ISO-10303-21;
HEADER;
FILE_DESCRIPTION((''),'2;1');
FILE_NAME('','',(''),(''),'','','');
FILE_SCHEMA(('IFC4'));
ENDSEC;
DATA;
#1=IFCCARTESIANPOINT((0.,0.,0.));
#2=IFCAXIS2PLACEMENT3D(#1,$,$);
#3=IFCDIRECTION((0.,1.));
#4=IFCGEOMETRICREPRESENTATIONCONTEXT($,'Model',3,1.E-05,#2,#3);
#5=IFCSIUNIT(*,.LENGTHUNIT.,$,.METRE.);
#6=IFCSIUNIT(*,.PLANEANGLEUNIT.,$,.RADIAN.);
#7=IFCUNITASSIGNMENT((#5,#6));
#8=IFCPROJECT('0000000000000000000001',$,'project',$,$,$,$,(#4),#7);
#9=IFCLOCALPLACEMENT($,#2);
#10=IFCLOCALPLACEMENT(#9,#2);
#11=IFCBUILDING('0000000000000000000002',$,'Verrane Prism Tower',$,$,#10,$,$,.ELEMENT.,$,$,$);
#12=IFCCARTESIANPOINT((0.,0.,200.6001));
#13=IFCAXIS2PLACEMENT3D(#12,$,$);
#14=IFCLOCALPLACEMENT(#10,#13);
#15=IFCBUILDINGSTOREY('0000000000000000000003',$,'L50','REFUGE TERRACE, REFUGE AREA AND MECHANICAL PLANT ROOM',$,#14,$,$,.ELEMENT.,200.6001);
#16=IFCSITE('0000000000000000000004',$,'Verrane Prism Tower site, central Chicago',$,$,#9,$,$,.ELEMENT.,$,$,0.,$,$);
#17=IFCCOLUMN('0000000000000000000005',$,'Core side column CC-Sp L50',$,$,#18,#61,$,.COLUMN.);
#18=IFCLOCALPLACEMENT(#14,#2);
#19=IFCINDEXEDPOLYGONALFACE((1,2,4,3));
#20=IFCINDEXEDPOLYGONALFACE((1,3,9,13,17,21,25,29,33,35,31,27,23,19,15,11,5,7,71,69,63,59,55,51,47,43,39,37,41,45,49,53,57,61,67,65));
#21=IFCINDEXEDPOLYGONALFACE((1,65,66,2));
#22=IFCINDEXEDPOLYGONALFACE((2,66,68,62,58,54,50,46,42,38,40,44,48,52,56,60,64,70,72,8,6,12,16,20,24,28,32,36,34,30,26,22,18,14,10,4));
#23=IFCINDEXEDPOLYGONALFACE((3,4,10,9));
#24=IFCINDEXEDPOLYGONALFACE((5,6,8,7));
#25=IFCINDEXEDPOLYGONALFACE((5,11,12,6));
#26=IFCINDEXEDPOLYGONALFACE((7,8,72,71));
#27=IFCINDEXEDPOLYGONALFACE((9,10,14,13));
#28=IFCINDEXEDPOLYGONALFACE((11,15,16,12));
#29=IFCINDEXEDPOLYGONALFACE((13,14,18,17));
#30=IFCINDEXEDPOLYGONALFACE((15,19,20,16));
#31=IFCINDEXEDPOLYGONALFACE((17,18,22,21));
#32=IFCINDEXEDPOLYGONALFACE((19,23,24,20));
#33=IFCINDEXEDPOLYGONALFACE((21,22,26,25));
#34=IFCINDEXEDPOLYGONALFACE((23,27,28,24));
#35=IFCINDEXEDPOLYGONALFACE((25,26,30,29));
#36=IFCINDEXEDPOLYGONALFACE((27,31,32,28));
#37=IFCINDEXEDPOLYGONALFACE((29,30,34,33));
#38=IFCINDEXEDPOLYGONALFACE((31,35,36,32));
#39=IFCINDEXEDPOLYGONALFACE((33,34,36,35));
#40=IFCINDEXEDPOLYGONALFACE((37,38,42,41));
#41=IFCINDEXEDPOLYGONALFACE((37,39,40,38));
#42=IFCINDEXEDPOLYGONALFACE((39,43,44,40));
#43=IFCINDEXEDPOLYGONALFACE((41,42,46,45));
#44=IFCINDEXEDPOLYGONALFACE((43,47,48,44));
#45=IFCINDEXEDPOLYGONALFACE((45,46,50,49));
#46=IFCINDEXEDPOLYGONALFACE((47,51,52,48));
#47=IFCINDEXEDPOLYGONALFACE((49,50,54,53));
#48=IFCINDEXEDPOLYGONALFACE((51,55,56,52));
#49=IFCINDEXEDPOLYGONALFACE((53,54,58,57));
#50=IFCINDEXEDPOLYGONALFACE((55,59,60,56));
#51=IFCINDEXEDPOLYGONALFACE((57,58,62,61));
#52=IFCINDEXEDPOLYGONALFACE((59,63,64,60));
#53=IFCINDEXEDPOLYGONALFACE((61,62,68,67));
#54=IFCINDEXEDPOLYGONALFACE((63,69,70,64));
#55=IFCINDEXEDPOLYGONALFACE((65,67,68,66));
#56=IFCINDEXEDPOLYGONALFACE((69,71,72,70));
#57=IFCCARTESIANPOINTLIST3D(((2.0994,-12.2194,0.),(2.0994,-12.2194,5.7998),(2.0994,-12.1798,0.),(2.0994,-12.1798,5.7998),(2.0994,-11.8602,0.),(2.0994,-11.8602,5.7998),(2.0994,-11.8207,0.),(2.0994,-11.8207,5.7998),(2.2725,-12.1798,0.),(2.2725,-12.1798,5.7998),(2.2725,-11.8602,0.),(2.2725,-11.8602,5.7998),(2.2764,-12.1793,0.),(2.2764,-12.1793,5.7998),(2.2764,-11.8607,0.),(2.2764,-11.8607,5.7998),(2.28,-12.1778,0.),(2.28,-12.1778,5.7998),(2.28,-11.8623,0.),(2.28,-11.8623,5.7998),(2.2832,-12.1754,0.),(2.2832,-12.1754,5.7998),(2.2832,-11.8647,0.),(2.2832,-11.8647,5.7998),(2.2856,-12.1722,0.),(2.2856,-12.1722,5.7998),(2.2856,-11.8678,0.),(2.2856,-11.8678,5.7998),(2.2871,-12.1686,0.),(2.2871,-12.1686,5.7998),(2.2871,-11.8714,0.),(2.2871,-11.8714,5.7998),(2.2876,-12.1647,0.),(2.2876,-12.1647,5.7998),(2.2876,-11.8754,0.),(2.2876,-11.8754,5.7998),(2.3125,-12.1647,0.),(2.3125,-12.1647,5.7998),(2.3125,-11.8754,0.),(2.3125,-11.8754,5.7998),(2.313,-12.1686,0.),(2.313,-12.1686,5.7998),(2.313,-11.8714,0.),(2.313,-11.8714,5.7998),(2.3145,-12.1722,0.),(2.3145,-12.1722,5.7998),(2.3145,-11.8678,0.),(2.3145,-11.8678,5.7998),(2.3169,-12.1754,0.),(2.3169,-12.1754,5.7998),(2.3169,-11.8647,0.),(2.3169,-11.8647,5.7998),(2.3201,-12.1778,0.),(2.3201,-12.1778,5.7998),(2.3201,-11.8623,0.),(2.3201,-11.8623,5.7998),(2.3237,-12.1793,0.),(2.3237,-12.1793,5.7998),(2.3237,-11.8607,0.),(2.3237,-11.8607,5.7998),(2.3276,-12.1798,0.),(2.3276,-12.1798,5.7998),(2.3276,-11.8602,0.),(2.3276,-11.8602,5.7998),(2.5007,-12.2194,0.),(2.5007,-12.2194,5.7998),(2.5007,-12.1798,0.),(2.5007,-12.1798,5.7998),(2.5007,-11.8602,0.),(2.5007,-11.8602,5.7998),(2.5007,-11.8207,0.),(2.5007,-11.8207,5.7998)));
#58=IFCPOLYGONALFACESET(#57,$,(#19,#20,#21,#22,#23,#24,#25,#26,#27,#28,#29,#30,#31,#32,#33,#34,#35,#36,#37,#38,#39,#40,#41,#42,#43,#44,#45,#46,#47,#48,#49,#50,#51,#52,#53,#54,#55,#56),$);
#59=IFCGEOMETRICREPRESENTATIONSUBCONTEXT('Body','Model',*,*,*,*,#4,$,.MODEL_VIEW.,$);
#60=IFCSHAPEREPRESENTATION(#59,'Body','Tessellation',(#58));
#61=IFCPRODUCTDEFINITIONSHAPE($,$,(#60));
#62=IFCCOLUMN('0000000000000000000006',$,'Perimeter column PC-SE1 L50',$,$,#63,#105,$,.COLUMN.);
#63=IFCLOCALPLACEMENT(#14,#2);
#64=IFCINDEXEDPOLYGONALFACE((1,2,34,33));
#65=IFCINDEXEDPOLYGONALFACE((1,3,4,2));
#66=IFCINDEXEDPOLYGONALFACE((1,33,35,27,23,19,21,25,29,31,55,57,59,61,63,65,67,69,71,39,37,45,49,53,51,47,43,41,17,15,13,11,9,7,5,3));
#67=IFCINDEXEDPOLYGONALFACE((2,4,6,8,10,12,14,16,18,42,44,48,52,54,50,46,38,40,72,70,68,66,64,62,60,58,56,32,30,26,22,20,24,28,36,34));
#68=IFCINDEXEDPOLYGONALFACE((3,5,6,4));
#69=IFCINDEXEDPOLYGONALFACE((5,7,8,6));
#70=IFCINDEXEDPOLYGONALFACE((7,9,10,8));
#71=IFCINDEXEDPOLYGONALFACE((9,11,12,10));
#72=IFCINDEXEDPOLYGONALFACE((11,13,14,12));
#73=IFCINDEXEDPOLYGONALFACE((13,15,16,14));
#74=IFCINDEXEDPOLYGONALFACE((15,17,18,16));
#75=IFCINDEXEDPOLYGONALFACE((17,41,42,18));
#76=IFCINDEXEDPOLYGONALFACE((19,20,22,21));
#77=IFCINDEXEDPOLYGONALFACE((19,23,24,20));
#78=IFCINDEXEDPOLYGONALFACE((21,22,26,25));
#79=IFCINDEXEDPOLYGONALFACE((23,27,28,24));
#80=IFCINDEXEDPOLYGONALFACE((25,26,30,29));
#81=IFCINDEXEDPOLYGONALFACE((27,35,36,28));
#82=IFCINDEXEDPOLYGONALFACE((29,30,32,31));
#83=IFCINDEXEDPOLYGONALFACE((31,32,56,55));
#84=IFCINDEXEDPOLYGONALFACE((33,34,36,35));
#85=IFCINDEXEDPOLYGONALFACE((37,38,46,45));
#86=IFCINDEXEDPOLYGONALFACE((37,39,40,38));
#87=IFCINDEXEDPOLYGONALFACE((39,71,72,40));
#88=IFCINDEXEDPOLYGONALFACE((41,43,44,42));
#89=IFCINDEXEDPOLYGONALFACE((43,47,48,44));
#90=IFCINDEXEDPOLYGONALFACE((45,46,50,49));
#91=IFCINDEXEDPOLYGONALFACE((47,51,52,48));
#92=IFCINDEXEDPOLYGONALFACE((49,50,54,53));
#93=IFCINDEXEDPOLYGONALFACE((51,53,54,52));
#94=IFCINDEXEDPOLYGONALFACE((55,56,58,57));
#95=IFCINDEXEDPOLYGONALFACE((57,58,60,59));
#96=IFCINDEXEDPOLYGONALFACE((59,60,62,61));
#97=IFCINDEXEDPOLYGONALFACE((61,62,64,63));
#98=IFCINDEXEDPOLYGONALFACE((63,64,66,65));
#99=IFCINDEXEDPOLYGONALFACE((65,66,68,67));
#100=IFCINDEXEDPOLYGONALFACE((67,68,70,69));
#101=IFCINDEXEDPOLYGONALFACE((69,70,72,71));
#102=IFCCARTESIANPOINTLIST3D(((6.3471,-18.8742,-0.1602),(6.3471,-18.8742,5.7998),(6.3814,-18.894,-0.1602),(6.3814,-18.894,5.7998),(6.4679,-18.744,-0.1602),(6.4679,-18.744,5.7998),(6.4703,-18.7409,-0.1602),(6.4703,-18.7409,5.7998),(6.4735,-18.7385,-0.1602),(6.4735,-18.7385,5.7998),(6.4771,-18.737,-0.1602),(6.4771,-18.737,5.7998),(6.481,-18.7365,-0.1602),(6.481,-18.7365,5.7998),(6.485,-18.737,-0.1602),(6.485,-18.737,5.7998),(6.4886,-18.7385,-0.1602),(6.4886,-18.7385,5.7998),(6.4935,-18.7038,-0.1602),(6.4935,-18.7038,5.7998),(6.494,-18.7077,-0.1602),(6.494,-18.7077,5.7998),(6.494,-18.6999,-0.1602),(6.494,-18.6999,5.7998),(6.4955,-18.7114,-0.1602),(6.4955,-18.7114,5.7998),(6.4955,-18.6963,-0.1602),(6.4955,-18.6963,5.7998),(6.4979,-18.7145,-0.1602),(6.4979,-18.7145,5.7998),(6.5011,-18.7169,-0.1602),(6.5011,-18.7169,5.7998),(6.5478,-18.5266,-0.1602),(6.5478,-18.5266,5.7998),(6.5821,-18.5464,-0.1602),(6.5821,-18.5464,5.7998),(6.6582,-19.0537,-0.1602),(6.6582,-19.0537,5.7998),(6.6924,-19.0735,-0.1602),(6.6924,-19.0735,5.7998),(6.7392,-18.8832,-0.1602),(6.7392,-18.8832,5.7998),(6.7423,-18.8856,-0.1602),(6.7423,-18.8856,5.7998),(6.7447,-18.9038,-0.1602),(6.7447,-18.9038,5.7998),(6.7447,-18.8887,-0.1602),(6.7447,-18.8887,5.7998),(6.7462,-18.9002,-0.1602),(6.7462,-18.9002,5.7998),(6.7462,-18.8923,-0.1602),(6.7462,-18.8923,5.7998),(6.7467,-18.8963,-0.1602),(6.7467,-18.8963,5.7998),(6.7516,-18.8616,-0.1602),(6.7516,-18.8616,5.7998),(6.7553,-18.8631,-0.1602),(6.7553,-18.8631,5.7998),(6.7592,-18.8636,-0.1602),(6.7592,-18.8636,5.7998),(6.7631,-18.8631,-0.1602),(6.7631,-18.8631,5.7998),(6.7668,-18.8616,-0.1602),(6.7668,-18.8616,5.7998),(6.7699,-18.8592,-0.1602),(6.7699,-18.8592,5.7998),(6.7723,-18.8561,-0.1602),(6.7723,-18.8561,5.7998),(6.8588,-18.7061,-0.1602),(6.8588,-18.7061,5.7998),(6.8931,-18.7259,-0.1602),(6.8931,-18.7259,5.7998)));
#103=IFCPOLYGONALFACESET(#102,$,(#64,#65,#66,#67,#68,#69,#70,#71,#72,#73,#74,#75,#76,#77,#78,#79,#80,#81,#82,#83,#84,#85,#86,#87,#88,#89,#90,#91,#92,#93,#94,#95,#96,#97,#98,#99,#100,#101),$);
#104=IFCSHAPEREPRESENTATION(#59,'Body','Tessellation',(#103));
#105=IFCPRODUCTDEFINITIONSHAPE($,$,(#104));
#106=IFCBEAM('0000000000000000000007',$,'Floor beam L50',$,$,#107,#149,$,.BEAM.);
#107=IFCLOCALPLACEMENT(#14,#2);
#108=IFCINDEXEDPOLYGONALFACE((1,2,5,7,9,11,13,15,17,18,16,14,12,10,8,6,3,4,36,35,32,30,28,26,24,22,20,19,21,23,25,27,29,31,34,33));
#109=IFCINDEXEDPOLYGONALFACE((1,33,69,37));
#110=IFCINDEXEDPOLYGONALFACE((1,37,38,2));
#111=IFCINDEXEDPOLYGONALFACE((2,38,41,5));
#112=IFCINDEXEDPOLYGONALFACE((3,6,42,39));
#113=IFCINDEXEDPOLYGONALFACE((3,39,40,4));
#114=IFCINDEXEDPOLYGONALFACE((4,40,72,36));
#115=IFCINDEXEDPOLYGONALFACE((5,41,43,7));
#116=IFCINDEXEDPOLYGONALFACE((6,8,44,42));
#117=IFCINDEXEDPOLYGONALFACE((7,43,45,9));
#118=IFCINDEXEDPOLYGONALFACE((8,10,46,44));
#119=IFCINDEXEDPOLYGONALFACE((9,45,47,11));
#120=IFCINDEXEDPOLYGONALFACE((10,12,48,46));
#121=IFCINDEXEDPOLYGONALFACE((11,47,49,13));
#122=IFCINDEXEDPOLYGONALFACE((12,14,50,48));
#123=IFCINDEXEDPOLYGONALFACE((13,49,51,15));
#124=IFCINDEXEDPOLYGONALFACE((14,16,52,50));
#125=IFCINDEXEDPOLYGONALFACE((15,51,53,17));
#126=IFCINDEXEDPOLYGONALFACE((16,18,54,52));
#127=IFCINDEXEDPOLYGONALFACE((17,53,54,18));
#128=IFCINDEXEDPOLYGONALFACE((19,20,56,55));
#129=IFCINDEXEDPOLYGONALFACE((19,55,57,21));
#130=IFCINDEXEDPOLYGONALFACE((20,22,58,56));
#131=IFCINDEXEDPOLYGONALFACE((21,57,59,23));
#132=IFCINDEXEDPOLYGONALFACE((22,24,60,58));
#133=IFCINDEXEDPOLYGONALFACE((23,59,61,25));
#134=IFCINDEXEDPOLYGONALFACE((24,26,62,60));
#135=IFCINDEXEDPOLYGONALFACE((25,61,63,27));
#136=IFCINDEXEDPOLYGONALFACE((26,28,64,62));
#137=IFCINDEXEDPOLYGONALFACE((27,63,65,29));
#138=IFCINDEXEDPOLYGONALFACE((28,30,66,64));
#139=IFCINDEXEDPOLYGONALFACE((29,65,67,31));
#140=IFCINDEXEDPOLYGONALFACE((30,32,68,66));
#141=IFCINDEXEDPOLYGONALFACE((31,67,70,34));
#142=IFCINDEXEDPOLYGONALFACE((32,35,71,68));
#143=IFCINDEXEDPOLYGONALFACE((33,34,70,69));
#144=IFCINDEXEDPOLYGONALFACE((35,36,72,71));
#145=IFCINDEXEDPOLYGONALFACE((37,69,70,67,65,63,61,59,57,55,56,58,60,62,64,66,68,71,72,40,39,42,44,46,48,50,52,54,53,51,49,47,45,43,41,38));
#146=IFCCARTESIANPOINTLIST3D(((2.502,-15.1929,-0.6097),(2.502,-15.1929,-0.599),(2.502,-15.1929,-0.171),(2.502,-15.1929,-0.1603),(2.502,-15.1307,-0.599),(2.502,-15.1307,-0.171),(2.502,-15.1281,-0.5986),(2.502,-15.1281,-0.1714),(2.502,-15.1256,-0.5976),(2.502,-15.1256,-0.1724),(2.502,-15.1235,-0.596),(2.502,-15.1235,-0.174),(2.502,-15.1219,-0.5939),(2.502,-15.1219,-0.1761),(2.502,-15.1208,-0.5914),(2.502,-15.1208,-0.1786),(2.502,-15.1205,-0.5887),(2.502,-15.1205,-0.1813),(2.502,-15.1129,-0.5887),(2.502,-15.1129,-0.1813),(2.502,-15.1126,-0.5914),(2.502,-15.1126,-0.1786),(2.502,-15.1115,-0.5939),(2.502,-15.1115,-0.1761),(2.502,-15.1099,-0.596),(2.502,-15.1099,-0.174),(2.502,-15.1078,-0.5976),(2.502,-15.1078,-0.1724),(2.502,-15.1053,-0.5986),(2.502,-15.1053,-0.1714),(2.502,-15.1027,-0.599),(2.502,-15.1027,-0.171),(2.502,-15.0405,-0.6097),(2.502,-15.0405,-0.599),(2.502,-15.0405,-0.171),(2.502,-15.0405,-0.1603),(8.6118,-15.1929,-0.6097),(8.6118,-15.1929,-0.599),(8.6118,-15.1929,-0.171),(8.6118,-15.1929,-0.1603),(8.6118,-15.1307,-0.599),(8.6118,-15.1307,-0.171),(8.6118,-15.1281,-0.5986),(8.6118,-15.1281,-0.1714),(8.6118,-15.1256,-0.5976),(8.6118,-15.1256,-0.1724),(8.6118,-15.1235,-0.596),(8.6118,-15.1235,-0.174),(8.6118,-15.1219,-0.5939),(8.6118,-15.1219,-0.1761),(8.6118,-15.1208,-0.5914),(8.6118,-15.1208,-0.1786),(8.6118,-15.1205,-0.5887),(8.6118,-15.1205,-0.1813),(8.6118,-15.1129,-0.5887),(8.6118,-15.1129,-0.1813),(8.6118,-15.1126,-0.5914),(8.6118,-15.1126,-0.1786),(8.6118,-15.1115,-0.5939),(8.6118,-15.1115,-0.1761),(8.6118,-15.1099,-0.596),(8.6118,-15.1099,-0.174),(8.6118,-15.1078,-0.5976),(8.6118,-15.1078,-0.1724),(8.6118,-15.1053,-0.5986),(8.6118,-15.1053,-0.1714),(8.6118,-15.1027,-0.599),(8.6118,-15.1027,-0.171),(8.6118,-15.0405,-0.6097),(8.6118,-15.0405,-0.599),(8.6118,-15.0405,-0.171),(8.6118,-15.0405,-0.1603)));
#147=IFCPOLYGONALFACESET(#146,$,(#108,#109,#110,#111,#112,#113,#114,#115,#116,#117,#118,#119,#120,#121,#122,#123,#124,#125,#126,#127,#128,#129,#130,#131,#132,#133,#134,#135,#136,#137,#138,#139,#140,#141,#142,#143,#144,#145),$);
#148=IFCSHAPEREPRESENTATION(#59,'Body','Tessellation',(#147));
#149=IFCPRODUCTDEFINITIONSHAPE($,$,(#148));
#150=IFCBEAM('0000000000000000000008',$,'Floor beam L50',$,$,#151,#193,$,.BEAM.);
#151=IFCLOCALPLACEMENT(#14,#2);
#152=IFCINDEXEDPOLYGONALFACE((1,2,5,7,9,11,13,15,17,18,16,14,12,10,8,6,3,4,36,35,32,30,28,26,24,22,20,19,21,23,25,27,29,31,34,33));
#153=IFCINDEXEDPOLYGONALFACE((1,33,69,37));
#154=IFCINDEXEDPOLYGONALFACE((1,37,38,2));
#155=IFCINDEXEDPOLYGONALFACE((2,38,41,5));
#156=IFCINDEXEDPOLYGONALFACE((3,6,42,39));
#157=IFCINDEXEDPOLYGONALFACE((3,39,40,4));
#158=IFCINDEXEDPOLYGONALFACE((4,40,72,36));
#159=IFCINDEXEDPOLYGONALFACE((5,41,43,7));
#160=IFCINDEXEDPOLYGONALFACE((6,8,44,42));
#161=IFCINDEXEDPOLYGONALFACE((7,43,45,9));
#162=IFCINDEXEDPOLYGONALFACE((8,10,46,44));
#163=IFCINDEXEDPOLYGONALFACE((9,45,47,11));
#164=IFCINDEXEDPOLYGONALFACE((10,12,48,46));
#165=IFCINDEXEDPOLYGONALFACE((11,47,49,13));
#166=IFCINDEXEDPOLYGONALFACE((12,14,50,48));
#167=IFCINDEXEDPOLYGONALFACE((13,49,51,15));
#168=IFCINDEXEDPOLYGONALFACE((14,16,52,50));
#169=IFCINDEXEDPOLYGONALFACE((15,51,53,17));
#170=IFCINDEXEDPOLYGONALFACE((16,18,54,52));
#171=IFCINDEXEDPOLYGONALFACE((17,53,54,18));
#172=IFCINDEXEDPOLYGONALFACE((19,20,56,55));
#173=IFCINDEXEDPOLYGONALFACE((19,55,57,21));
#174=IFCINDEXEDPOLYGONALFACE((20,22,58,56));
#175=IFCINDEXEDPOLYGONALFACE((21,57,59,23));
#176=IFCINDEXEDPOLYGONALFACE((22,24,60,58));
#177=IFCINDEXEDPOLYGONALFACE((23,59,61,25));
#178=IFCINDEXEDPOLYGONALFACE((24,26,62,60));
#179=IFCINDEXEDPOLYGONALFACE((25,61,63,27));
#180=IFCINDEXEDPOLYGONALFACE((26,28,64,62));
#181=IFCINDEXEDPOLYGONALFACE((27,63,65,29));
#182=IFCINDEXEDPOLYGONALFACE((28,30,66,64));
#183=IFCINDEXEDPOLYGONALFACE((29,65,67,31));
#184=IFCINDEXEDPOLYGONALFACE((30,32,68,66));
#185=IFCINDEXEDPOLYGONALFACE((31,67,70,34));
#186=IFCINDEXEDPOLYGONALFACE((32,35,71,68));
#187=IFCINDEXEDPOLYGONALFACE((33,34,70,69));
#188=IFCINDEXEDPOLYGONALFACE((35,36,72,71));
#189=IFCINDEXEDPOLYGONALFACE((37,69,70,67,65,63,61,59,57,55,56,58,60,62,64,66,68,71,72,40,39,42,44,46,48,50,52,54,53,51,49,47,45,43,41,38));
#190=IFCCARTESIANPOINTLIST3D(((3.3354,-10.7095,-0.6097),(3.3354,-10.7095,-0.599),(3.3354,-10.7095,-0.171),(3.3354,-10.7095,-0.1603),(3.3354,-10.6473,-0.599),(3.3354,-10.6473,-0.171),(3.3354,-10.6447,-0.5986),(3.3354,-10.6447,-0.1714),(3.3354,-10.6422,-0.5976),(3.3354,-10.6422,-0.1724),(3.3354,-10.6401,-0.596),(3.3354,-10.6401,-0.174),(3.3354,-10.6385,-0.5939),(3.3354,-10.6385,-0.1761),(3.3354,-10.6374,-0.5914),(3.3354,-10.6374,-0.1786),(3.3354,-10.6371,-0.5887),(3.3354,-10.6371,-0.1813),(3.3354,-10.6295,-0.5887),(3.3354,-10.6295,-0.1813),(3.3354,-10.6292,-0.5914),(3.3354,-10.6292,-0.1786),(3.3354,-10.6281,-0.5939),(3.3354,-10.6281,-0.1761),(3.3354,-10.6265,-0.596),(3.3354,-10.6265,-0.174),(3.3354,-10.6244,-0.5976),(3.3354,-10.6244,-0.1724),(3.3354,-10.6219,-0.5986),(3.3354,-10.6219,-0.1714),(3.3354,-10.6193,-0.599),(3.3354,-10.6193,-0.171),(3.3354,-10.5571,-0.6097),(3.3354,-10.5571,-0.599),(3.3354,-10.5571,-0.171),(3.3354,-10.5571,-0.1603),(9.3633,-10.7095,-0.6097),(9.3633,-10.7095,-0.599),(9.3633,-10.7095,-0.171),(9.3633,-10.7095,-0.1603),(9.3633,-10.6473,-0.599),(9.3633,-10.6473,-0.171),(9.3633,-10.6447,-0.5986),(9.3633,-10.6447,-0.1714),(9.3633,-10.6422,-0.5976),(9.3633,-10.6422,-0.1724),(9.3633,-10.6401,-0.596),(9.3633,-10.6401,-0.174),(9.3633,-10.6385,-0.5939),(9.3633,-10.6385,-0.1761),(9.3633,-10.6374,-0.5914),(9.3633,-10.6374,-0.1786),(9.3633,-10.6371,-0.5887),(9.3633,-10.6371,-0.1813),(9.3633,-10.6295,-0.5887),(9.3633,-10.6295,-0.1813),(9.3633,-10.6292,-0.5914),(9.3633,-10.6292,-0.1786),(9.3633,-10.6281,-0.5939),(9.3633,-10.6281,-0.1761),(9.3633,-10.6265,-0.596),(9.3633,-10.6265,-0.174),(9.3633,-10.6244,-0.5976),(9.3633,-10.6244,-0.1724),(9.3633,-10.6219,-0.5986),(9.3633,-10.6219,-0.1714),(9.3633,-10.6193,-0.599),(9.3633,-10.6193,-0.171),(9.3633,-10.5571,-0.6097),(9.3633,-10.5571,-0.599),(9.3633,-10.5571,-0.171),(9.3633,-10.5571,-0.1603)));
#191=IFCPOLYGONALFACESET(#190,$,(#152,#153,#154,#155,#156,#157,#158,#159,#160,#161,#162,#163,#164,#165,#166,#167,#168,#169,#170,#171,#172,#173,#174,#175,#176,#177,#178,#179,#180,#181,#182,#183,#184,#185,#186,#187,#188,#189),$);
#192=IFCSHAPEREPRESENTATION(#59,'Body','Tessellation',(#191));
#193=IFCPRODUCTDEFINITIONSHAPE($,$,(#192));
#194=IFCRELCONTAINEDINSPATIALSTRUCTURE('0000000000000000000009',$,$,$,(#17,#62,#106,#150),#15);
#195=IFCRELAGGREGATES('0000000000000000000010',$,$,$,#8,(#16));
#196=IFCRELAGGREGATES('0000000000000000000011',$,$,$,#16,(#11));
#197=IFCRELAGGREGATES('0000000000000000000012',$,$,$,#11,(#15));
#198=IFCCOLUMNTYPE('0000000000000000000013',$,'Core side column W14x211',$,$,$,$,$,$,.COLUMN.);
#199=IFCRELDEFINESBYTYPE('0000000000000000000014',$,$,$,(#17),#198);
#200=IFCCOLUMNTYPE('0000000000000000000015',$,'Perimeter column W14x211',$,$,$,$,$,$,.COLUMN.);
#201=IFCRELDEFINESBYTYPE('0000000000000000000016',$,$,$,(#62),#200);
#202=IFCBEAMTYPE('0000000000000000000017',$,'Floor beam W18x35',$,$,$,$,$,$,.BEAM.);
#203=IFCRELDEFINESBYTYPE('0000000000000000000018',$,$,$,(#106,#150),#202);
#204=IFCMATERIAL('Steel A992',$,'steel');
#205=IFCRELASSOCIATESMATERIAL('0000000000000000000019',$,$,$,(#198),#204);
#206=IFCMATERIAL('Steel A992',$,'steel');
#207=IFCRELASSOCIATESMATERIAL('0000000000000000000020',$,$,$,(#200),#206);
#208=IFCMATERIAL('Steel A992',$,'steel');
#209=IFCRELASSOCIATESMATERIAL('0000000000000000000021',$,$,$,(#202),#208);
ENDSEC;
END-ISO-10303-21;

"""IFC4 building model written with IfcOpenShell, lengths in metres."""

from ifc_helpers import new_model, si_unit, direction, frame, origin, origin_2d, place, context, subcontext, project, spatial, i_section, extrude, material, material_profile, profile_set, type_object, element, save


model = new_model("IFC4")

# Units and contexts
model_context = context("Model", 3, precision=1e-05, world=origin(), true_north=direction((0.0, 1.0)))
body_context = subcontext(model_context, "Body", "Model", "MODEL_VIEW")
ifc_project = project(units=[si_unit("LENGTHUNIT", "METRE"), si_unit("PLANEANGLEUNIT", "RADIAN")], contexts=[model_context])

# Site, building, storey
site_placement = place(None, origin())
site = spatial("IfcSite", under=ifc_project, at=site_placement, Name="Verrane Prism Tower site, central Chicago", CompositionType="ELEMENT", RefElevation=0.0)
building_placement = place(site_placement, origin())
building = spatial("IfcBuilding", under=site, at=building_placement, Name="Verrane Prism Tower", CompositionType="ELEMENT")
storey_placement = place(building_placement, frame((0.0, 0.0, 200.6001)))
storey = spatial("IfcBuildingStorey", under=building, at=storey_placement, Name="L50", Description="REFUGE TERRACE, REFUGE AREA AND MECHANICAL PLANT ROOM", CompositionType="ELEMENT", Elevation=200.6001)

# Columns
ifc_material_1 = material(Name="Steel A992", Category="steel")
ifc_material_profile_1 = material_profile(ifc_material_1, i_section(OverallWidth=0.4014, OverallDepth=0.3987, WebThickness=0.0249, FlangeThickness=0.0396, FilletRadius=0.0151, at=origin_2d()), Name="W14x211")
ifc_profile_set_1 = profile_set([ifc_material_profile_1], Name="Steel A992")
column_type_1 = type_object("IfcColumnType", Name="Core side column W14x211", PredefinedType="COLUMN", material=ifc_profile_set_1)
column_1_placement = place(storey_placement, frame((2.3, -12.02, 0.0), z_axis=(0.0, 0.0, 1.0), x_axis=(1.0, 0.0, 0.0)))
element("IfcColumn", 1, at=column_1_placement, inside=storey, type_object=column_type_1, Name="Core side column CC-Sp L50", PredefinedType="COLUMN", context=body_context, shape_type="SweptSolid", body=[
    extrude(i_section(OverallWidth=0.4014, OverallDepth=0.3987, WebThickness=0.0249, FlangeThickness=0.0396, FilletRadius=0.0151, at=origin_2d()), origin(), (0.0, 0.0, 1.0), 5.7998),
])
ifc_material_2 = material(Name="Steel A992", Category="steel")
ifc_material_profile_2 = material_profile(ifc_material_2, i_section(OverallWidth=0.4014, OverallDepth=0.3987, WebThickness=0.0249, FlangeThickness=0.0396, FilletRadius=0.0151, at=origin_2d()), Name="W14x211")
ifc_profile_set_2 = profile_set([ifc_material_profile_2], Name="Steel A992")
column_type_2 = type_object("IfcColumnType", Name="Perimeter column W14x211", PredefinedType="COLUMN", material=ifc_profile_set_2)
column_2_placement = place(storey_placement, frame((6.6201, -18.8, -0.1602), z_axis=(0.0, 0.0, 1.0), x_axis=(-0.5, -0.866025, 0.0)))
element("IfcColumn", 2, at=column_2_placement, inside=storey, type_object=column_type_2, Name="Perimeter column PC-SE1 L50", PredefinedType="COLUMN", context=body_context, shape_type="SweptSolid", body=[
    extrude(i_section(OverallWidth=0.4014, OverallDepth=0.3987, WebThickness=0.0249, FlangeThickness=0.0396, FilletRadius=0.0151, at=origin_2d()), origin(), (0.0, 0.0, 1.0), 5.96),
])

# Beams
ifc_material_3 = material(Name="Steel A992", Category="steel")
ifc_material_profile_3 = material_profile(ifc_material_3, i_section(OverallWidth=0.1523, OverallDepth=0.4495, WebThickness=0.0076, FlangeThickness=0.0107, FilletRadius=0.0103, at=origin_2d()), Name="W18x35")
ifc_profile_set_3 = profile_set([ifc_material_profile_3], Name="Steel A992")
beam_type_1 = type_object("IfcBeamType", Name="Floor beam W18x35", PredefinedType="BEAM", material=ifc_profile_set_3)
beam_1_placement = place(storey_placement, frame((2.502, -15.1167, -0.385), z_axis=(1.0, 0.0, 0.0), x_axis=(0.0, 1.0, 0.0)))
element("IfcBeam", 3, at=beam_1_placement, inside=storey, type_object=beam_type_1, Name="Floor beam L50", PredefinedType="BEAM", context=body_context, shape_type="SweptSolid", body=[
    extrude(i_section(OverallWidth=0.1523, OverallDepth=0.4495, WebThickness=0.0076, FlangeThickness=0.0107, FilletRadius=0.0103, at=origin_2d()), origin(), (0.0, 0.0, 1.0), 6.1099),
])
beam_2_placement = place(storey_placement, frame((3.3354, -10.6333, -0.385), z_axis=(1.0, 0.0, 0.0), x_axis=(0.0, 1.0, 0.0)))
element("IfcBeam", 4, at=beam_2_placement, inside=storey, type_object=beam_type_1, Name="Floor beam L50", PredefinedType="BEAM", context=body_context, shape_type="SweptSolid", body=[
    extrude(i_section(OverallWidth=0.1523, OverallDepth=0.4495, WebThickness=0.0076, FlangeThickness=0.0107, FilletRadius=0.0103, at=origin_2d()), origin(), (0.0, 0.0, 1.0), 6.0278),
])

save(model, "model.ifc")
